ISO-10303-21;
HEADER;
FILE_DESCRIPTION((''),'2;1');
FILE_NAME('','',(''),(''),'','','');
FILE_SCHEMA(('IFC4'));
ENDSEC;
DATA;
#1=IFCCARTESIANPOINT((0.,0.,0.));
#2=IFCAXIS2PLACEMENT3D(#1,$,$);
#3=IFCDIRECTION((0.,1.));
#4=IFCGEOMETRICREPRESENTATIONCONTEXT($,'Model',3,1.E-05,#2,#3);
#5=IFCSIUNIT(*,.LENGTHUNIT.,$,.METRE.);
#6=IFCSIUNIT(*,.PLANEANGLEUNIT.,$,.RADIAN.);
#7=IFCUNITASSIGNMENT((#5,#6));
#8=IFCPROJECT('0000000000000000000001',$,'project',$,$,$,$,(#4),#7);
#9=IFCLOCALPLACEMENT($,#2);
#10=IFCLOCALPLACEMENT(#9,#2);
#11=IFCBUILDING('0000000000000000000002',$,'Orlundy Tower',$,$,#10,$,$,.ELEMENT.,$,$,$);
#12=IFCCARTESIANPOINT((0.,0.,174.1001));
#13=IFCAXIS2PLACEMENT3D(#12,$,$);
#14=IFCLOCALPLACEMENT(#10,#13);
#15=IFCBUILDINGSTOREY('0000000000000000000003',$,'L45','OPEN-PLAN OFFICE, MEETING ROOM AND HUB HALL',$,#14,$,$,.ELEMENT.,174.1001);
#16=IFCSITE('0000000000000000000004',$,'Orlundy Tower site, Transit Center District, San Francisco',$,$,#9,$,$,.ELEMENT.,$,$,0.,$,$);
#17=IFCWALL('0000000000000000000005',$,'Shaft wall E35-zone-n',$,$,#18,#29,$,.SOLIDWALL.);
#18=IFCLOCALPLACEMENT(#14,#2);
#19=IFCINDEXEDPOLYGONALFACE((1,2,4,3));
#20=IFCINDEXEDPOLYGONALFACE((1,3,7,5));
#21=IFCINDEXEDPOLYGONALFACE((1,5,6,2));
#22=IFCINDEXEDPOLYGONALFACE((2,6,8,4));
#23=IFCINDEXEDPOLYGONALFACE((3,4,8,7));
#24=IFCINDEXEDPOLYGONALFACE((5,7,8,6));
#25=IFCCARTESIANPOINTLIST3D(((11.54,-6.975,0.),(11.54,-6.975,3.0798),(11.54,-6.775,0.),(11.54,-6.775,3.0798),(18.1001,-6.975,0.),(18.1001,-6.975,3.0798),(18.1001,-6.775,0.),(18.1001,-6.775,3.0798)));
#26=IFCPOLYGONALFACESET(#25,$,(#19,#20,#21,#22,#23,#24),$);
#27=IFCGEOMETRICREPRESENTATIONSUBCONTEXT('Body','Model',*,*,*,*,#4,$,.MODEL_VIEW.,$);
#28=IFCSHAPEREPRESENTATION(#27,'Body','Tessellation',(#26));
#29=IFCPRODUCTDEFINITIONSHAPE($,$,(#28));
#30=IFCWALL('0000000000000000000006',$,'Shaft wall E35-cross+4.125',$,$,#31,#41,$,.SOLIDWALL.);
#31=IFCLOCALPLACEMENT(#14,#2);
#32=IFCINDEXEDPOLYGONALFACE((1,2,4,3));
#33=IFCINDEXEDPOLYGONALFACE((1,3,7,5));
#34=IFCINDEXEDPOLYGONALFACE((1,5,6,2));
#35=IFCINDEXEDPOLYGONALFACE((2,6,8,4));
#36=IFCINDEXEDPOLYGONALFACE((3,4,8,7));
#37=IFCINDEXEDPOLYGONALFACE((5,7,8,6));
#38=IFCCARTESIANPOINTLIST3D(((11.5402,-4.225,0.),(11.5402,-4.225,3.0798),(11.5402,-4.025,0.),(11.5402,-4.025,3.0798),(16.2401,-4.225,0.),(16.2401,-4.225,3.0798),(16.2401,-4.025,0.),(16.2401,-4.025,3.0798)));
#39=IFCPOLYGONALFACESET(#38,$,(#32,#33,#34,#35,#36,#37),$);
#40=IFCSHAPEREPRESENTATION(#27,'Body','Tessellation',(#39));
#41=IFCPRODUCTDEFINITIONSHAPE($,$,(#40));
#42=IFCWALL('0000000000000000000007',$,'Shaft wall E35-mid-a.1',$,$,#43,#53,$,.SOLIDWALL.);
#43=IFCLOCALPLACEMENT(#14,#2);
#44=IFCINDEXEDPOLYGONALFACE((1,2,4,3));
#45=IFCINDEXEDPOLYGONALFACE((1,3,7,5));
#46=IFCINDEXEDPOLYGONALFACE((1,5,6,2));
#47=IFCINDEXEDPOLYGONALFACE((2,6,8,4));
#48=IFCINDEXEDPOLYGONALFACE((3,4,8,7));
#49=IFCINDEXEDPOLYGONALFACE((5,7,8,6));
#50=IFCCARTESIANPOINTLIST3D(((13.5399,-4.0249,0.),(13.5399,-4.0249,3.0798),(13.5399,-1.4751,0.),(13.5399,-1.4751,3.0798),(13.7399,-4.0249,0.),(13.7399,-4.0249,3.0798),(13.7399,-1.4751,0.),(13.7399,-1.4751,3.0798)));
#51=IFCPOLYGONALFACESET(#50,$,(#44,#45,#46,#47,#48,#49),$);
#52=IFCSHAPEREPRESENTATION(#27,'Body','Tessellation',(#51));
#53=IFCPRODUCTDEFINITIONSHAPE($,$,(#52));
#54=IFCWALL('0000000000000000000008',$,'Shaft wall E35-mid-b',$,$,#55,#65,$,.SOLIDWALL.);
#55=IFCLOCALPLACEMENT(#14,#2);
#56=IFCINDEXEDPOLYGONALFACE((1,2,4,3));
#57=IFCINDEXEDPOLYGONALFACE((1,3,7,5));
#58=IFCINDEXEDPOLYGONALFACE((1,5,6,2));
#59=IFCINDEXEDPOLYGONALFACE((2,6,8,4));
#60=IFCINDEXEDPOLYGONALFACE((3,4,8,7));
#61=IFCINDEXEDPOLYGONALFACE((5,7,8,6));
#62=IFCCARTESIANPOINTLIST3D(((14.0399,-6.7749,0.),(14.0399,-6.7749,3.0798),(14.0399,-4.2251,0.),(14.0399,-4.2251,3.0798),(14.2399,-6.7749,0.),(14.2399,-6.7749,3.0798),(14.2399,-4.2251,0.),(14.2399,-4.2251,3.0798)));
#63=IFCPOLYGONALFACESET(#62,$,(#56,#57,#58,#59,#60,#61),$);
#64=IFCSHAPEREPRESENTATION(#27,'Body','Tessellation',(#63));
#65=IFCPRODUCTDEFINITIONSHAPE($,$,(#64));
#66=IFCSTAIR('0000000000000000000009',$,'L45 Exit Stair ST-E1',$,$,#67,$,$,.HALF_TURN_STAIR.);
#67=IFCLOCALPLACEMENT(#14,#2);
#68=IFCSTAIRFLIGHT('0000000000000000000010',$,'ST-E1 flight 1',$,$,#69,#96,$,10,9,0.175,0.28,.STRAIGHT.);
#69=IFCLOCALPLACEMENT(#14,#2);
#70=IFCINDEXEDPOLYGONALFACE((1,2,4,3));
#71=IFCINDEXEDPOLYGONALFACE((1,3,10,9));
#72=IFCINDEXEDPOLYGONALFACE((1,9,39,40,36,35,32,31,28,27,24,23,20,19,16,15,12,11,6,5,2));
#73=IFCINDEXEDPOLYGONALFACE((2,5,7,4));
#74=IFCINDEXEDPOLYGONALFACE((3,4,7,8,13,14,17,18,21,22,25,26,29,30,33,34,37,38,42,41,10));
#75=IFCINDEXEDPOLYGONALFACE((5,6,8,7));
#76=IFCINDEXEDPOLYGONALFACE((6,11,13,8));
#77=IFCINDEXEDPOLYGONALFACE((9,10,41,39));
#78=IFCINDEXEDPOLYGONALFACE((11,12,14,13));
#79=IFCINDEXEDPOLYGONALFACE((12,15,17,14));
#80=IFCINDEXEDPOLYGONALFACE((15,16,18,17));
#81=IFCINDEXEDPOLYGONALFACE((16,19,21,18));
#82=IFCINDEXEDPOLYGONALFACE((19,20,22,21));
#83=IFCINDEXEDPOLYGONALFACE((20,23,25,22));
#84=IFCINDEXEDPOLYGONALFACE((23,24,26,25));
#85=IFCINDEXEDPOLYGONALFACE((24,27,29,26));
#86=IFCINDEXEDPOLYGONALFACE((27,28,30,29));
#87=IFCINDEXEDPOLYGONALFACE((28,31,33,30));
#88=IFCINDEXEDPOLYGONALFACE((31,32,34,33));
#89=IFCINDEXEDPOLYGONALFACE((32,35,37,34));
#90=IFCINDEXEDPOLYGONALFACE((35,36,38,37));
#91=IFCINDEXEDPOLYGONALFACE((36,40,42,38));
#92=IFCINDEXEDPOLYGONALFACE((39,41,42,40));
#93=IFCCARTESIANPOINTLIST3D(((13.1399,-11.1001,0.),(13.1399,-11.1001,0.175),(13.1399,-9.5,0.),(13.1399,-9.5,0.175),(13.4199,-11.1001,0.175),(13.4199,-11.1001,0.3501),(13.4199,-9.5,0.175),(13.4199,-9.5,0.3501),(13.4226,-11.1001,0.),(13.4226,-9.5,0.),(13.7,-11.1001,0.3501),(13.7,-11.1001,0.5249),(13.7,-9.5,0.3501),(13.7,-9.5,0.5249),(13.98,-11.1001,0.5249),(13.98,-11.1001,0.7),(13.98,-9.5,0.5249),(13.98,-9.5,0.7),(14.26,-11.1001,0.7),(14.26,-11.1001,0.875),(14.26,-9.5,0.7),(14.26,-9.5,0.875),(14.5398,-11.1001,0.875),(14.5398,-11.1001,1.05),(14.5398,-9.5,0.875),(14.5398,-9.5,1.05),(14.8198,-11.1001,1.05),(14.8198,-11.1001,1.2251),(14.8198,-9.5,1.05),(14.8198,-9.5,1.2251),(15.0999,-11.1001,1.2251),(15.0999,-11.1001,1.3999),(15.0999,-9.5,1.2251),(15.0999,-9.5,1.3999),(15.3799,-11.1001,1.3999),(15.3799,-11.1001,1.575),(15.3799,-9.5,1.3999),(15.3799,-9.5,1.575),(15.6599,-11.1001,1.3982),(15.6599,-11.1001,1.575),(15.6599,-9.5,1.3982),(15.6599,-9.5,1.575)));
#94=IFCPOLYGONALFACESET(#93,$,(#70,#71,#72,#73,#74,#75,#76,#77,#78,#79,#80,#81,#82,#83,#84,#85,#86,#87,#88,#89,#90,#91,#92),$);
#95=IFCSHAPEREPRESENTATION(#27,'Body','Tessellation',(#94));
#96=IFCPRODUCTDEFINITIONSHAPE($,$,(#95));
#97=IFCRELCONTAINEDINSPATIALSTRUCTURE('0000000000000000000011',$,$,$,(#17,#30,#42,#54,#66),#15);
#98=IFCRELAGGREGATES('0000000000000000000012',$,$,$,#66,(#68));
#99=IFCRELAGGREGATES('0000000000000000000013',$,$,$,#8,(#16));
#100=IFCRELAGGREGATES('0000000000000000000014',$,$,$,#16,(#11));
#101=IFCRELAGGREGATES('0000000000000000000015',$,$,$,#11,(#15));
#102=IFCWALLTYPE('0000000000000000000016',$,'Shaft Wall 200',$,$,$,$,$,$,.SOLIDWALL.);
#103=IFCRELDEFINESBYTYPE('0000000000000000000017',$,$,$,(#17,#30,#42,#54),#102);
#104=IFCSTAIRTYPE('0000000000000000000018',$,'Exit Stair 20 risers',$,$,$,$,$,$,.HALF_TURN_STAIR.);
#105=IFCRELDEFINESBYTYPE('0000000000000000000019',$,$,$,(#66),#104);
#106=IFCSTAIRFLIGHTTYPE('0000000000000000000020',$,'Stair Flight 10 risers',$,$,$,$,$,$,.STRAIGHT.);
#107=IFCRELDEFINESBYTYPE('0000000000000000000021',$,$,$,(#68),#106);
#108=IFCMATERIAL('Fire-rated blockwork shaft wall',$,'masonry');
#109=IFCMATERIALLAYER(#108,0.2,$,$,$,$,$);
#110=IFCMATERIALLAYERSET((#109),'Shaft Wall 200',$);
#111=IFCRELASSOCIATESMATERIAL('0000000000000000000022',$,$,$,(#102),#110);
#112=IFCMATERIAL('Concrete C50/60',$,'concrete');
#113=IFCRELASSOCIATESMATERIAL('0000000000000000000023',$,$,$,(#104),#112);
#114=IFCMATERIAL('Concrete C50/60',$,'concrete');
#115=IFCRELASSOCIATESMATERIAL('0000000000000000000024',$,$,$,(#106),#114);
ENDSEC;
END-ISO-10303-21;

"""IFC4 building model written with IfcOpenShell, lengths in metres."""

from ifc_helpers import new_model, si_unit, direction, frame, frame_2d, origin, place, context, subcontext, project, spatial, polyline, rectangle, outline, extrude, material, layer, layer_set, type_object, element, aggregate, save


model = new_model("IFC4")

# Units and contexts
model_context = context("Model", 3, precision=1e-05, world=origin(), true_north=direction((0.0, 1.0)))
body_context = subcontext(model_context, "Body", "Model", "MODEL_VIEW")
ifc_project = project(units=[si_unit("LENGTHUNIT", "METRE"), si_unit("PLANEANGLEUNIT", "RADIAN")], contexts=[model_context])

# Site, building, storey
site_placement = place(None, origin())
site = spatial("IfcSite", under=ifc_project, at=site_placement, Name="Orlundy Tower site, Transit Center District, San Francisco", CompositionType="ELEMENT", RefElevation=0.0)
building_placement = place(site_placement, origin())
building = spatial("IfcBuilding", under=site, at=building_placement, Name="Orlundy Tower", CompositionType="ELEMENT")
storey_placement = place(building_placement, frame((0.0, 0.0, 174.1001)))
storey = spatial("IfcBuildingStorey", under=building, at=storey_placement, Name="L45", Description="OPEN-PLAN OFFICE, MEETING ROOM AND HUB HALL", CompositionType="ELEMENT", Elevation=174.1001)

# Walls
ifc_material_1 = material(Name="Fire-rated blockwork shaft wall", Category="masonry")
ifc_layer_1 = layer(ifc_material_1, 0.2)
ifc_layer_set_1 = layer_set([ifc_layer_1], Name="Shaft Wall 200")
wall_type_1 = type_object("IfcWallType", Name="Shaft Wall 200", PredefinedType="SOLIDWALL", material=ifc_layer_set_1)
wall_1_placement = place(storey_placement, frame((11.54, -6.875, 0.0), z_axis=(0.0, 0.0, 1.0), x_axis=(1.0, 0.0, 0.0)))
element("IfcWall", 1, at=wall_1_placement, inside=storey, type_object=wall_type_1, Name="Shaft wall E35-zone-n", PredefinedType="SOLIDWALL", context=body_context, shape_type="SweptSolid", body=[
    extrude(rectangle(XDim=6.5601, YDim=0.2, at=frame_2d((3.28, 0.0))), origin(), (0.0, 0.0, 1.0), 3.0798),
])
wall_2_placement = place(storey_placement, frame((11.54, -4.125, 0.0), z_axis=(0.0, 0.0, 1.0), x_axis=(1.0, 0.0, 0.0)))
element("IfcWall", 2, at=wall_2_placement, inside=storey, type_object=wall_type_1, Name="Shaft wall E35-cross+4.125", PredefinedType="SOLIDWALL", context=body_context, shape_type="SweptSolid", body=[
    extrude(rectangle(XDim=4.7, YDim=0.2, at=frame_2d((2.3501, 0.0))), origin(), (0.0, 0.0, 1.0), 3.0798),
])
for number, where, z_axis, x_axis, name in (
    (3, (13.6399, -1.4751, 0.0), (0.0, 0.0, 1.0), (0.0, -1.0, 0.0), "Shaft wall E35-mid-a.1"),
    (4, (14.1399, -4.2251, 0.0), (0.0, 0.0, 1.0), (0.0, -1.0, 0.0), "Shaft wall E35-mid-b"),
):
    element("IfcWall", number, at=place(storey_placement, frame(where, z_axis=z_axis, x_axis=x_axis)), inside=storey, type_object=wall_type_1, Name=name, PredefinedType="SOLIDWALL", context=body_context, shape_type="SweptSolid", body=[
        extrude(rectangle(XDim=2.5498, YDim=0.2, at=frame_2d((1.2749, 0.0))), origin(), (0.0, 0.0, 1.0), 3.0798),
    ])

# Stair, stair flight
ifc_material_2 = material(Name="Concrete C50/60", Category="concrete")
stair_type = type_object("IfcStairType", Name="Exit Stair 20 risers", PredefinedType="HALF_TURN_STAIR", material=ifc_material_2)
stair_placement = place(storey_placement, origin())
stair = element("IfcStair", 5, at=stair_placement, inside=storey, type_object=stair_type, Name="L45 Exit Stair ST-E1", PredefinedType="HALF_TURN_STAIR")
ifc_material_3 = material(Name="Concrete C50/60", Category="concrete")
stair_flight_type = type_object("IfcStairFlightType", Name="Stair Flight 10 risers", PredefinedType="STRAIGHT", material=ifc_material_3)
stair_flight_placement = place(storey_placement, frame((13.1399, -10.3, 0.0), z_axis=(0.0, 0.0, 1.0), x_axis=(1.0, 0.0, 0.0)))
stair_flight = element("IfcStairFlight", 6, at=stair_flight_placement, type_object=stair_flight_type, Name="ST-E1 flight 1", NumberOfRisers=10, NumberOfTreads=9, PredefinedType="STRAIGHT", RiserHeight=0.175, TreadLength=0.28, context=body_context, shape_type="SweptSolid", body=[
    extrude(outline(polyline([(0.0, 0.0), (0.0, 0.175), (0.28, 0.175), (0.28, 0.3501), (0.5601, 0.3501), (0.5601, 0.5249), (0.8401, 0.5249), (0.8401, 0.7), (1.1201, 0.7), (1.1201, 0.875), (1.3999, 0.875), (1.3999, 1.05), (1.6799, 1.05), (1.6799, 1.2251), (1.96, 1.2251), (1.96, 1.3999), (2.24, 1.3999), (2.24, 1.575), (2.52, 1.575), (2.52, 1.75), (2.52, 1.3982), (0.2827, 0.0), (0.0, 0.0)])), frame((0.0, 0.8, 0.0), z_axis=(0.0, -1.0, 0.0), x_axis=(1.0, 0.0, 0.0)), (0.0, 0.0, 1.0), 1.6001),
])
aggregate(stair, [stair_flight])

save(model, "model.ifc")
